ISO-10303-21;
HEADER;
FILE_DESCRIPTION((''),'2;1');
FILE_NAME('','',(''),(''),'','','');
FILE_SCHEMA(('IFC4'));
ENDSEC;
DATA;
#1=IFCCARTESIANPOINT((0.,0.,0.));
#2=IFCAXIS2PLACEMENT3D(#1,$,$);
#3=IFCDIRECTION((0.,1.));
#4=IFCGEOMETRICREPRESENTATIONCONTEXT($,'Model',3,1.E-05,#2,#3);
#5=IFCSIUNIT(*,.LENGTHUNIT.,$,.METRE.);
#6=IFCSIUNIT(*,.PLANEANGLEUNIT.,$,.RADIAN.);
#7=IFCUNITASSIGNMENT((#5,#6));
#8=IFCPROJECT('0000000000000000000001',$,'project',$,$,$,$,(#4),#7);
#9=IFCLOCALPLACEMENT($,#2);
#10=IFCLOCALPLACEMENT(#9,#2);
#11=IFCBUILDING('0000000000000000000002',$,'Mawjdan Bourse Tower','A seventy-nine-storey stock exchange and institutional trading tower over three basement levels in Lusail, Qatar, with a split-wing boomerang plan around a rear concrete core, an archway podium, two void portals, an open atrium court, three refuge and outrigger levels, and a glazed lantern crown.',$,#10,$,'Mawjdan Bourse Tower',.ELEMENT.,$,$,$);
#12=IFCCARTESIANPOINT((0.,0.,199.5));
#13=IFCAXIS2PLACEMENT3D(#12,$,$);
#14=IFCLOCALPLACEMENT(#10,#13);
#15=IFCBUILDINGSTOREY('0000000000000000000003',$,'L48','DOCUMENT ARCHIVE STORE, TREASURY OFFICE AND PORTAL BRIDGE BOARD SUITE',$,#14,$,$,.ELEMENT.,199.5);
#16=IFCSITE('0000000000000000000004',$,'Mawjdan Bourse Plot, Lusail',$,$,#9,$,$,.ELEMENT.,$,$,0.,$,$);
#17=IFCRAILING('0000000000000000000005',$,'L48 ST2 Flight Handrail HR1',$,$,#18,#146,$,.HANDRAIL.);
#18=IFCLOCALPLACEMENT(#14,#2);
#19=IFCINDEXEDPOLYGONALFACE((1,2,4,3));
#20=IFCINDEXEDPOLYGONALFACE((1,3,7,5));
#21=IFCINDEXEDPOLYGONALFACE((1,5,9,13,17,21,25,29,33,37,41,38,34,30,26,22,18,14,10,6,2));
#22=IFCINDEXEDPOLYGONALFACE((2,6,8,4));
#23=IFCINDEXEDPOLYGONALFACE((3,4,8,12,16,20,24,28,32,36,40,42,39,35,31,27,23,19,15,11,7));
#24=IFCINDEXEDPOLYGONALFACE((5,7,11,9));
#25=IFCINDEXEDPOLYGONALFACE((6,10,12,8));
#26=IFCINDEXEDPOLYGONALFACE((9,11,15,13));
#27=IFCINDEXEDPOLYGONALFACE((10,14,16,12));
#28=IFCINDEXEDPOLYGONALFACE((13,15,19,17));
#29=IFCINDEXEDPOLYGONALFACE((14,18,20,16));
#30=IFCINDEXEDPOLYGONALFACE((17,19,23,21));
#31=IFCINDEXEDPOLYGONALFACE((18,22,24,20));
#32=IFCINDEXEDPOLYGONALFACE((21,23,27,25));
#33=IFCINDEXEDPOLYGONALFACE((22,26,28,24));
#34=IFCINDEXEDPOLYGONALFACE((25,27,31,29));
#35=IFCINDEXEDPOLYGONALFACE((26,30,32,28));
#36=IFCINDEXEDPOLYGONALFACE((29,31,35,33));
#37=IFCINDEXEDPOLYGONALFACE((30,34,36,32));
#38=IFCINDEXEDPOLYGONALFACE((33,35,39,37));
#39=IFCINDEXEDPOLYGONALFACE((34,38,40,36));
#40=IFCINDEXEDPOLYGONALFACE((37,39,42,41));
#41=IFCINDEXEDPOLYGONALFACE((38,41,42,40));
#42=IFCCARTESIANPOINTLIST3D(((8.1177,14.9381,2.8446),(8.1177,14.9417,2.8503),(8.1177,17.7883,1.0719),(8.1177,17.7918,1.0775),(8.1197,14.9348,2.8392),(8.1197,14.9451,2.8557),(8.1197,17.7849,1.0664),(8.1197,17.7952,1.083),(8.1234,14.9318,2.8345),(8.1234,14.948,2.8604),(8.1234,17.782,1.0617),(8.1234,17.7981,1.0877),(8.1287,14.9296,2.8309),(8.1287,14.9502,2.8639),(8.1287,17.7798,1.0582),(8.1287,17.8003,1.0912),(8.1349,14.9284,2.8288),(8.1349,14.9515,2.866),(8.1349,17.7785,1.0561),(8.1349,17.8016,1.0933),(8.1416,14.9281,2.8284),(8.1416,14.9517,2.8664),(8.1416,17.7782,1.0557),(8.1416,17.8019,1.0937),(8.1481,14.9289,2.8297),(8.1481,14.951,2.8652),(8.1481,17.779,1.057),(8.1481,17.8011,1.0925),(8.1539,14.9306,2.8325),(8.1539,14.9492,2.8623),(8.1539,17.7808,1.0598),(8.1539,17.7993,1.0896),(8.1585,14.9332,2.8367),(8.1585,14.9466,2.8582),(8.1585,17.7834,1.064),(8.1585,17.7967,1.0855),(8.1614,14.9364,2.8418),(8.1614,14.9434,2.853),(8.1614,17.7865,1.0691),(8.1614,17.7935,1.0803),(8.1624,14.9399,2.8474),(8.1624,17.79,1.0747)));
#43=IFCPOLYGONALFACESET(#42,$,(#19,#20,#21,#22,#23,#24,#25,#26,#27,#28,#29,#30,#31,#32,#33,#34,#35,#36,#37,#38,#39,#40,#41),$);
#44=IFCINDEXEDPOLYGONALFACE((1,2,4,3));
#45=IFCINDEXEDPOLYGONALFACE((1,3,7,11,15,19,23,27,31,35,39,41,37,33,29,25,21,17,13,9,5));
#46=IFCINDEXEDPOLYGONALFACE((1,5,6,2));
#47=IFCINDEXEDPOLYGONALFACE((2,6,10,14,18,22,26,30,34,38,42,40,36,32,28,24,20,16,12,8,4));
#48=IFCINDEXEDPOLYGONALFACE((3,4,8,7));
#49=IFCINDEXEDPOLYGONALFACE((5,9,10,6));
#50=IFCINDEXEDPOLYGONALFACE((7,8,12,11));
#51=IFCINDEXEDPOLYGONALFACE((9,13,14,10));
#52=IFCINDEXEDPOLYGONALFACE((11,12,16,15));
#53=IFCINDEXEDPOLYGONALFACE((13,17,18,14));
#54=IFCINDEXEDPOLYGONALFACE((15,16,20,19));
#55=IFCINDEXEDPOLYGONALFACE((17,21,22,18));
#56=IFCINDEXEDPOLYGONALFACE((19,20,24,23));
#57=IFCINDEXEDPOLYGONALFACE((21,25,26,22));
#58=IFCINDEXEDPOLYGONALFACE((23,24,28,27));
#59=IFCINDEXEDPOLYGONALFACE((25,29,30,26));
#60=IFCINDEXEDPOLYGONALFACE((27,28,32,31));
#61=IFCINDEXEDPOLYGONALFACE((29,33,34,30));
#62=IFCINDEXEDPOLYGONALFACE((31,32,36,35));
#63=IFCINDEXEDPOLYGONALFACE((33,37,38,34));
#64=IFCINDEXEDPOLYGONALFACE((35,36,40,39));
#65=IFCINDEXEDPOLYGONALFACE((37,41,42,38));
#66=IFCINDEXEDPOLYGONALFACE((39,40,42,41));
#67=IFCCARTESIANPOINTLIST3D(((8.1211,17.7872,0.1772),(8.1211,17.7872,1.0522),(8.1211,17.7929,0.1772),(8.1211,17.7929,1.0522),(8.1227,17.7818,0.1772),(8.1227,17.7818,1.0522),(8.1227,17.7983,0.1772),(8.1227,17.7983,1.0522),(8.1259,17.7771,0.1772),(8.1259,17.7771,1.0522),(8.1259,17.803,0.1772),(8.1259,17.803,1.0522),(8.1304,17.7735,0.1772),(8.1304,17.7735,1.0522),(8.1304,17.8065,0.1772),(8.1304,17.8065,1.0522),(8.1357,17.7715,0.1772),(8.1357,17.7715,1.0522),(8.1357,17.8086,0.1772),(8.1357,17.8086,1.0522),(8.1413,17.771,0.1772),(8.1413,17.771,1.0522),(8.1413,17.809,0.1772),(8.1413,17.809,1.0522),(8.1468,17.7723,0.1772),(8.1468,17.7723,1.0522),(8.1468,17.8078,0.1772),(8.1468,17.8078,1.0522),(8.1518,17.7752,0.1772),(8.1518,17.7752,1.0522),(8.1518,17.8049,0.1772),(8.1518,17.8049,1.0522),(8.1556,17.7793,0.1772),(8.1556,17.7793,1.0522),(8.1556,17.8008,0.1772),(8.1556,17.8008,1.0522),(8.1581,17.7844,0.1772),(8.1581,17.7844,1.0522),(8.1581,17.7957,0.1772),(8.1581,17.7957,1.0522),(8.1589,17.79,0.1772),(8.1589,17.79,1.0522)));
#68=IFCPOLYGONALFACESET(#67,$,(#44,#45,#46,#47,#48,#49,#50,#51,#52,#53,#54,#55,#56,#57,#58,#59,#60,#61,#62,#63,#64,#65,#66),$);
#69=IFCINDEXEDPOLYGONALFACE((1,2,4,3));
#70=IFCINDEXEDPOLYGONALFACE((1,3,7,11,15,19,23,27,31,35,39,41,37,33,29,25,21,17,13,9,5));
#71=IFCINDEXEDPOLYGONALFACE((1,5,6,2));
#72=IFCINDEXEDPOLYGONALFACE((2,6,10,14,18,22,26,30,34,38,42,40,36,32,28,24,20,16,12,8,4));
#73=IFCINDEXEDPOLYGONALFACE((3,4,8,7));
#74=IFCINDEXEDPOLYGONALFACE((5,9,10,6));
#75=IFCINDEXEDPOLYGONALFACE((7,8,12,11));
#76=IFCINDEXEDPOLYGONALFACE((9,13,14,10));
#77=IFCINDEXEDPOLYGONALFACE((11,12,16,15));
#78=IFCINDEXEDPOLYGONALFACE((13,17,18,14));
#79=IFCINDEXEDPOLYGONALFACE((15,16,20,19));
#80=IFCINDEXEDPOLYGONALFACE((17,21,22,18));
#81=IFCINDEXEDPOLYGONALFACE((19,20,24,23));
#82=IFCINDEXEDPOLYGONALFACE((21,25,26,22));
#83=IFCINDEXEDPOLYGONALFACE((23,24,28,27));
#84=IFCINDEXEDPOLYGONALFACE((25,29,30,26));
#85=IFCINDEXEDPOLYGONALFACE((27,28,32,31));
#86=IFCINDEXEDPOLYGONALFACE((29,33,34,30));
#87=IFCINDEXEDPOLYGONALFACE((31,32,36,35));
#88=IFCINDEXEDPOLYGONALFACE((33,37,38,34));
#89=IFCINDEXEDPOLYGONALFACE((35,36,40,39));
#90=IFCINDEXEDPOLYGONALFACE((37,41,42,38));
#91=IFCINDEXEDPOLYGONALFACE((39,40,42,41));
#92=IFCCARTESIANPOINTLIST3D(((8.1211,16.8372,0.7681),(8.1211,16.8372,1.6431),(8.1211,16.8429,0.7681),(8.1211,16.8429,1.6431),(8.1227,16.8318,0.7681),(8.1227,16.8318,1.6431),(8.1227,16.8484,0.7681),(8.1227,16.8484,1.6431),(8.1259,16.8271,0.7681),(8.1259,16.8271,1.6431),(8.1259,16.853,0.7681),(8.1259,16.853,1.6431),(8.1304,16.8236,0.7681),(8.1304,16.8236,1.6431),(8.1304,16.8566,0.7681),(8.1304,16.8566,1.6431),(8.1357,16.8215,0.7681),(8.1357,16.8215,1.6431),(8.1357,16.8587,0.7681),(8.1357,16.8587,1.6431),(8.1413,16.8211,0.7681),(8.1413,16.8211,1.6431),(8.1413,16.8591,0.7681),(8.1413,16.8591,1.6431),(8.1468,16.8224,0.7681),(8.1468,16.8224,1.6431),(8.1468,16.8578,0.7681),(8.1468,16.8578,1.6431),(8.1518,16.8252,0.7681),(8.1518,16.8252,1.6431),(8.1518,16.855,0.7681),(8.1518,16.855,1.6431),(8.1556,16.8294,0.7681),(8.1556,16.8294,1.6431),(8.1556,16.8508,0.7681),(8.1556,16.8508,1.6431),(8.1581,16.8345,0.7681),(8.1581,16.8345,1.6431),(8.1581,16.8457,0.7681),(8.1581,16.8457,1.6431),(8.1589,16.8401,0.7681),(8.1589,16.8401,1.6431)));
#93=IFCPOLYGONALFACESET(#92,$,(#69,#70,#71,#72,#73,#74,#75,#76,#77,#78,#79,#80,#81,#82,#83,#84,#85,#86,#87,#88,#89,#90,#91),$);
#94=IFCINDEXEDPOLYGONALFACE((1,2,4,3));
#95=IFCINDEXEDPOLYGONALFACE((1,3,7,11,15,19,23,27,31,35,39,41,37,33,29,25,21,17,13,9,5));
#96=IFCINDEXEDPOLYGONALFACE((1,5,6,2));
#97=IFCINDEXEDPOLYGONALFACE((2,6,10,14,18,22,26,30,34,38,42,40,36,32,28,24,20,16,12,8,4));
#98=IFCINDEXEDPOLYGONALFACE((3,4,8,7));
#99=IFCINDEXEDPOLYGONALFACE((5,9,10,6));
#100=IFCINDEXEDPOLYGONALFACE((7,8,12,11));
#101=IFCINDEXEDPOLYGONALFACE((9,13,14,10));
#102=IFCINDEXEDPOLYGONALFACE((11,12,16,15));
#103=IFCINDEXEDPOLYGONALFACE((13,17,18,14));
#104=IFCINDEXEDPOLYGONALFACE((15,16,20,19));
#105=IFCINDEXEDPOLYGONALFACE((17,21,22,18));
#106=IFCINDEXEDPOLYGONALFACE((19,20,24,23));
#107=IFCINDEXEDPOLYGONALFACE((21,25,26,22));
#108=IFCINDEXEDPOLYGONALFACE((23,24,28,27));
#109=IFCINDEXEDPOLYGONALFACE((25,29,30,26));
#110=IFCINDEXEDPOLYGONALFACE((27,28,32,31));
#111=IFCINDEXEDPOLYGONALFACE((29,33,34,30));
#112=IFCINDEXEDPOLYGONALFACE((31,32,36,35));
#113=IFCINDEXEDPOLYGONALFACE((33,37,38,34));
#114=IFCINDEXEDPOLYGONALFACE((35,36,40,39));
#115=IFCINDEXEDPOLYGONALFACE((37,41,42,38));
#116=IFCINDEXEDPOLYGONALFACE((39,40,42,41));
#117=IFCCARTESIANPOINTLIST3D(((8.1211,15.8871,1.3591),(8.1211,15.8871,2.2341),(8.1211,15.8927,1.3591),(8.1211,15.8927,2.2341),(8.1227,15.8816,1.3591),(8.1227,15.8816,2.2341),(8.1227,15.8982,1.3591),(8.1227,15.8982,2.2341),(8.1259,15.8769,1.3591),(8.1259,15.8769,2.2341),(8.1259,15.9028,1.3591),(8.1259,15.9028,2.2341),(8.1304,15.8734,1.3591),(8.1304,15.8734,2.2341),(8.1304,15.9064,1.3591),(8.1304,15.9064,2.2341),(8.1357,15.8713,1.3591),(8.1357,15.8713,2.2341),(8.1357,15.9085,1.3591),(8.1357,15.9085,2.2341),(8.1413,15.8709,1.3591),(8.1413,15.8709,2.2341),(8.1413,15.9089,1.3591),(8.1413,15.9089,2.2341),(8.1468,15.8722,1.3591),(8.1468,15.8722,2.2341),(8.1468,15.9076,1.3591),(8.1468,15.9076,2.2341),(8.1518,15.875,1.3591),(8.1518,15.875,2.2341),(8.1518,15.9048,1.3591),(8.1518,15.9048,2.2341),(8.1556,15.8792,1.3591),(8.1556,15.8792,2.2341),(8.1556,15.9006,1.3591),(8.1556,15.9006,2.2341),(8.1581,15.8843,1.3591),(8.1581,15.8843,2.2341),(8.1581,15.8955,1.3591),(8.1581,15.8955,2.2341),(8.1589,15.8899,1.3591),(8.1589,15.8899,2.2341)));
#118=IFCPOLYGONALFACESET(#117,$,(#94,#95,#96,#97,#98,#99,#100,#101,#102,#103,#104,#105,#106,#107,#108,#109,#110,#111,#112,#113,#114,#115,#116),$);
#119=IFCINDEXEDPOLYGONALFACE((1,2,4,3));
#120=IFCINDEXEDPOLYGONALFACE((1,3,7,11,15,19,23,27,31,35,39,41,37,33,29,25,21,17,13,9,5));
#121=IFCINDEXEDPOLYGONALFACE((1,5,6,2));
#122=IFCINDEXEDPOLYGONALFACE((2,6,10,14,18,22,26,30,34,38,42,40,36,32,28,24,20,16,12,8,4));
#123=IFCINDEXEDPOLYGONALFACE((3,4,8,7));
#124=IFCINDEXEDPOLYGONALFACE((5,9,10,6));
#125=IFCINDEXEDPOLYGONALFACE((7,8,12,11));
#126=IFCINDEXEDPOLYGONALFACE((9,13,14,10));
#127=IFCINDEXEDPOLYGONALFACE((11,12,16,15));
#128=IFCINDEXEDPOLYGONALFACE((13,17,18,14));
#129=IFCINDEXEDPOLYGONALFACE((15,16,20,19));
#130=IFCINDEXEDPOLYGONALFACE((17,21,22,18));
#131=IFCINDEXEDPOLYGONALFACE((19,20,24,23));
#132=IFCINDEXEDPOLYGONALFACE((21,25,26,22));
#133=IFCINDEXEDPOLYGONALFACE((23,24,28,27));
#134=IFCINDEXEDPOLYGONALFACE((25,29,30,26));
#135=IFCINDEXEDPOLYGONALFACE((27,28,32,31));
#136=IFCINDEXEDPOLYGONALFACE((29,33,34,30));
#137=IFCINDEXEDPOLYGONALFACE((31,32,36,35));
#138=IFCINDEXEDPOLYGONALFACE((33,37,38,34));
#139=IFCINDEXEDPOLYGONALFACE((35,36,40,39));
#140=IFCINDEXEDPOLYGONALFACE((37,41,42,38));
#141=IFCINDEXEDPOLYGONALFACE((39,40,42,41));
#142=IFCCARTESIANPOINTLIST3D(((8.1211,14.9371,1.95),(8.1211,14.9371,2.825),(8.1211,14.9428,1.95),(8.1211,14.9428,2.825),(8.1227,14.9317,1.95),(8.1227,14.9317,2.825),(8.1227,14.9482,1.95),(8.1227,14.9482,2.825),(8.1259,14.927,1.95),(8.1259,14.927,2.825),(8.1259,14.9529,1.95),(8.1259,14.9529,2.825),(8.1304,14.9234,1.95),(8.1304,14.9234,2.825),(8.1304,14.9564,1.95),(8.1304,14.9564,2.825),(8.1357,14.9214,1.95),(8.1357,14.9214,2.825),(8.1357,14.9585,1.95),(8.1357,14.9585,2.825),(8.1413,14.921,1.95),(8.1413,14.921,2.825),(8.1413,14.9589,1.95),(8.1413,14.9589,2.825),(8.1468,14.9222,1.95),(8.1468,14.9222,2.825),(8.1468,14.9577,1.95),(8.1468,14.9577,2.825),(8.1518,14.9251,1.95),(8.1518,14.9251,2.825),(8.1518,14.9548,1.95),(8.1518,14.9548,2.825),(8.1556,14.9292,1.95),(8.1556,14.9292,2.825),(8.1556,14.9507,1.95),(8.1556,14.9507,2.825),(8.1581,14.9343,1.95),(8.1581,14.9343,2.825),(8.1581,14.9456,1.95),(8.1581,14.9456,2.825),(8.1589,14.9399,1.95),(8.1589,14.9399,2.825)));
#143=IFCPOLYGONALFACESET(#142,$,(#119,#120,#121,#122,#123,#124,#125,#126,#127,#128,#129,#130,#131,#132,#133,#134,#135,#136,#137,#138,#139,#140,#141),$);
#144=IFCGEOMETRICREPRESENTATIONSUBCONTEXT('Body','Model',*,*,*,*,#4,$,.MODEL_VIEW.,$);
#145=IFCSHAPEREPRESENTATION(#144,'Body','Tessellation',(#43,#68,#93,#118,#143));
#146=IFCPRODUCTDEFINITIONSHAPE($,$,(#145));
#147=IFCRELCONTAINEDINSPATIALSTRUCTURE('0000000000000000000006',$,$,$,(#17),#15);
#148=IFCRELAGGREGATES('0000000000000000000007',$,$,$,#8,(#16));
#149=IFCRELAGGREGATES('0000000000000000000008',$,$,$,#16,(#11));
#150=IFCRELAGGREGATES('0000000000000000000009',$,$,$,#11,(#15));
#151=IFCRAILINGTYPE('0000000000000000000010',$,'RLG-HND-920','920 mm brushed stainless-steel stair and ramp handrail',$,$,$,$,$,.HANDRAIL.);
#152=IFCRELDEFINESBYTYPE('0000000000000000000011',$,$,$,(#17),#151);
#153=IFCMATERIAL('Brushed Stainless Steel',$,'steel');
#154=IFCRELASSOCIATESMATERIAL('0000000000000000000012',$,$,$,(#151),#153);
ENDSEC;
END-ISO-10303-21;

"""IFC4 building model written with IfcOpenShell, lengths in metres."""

from ifc_helpers import new_model, si_unit, direction, frame, origin, origin_2d, place, context, subcontext, project, spatial, circle, extrude, material, type_object, element, save


model = new_model("IFC4")

# Units and contexts
model_context = context("Model", 3, precision=1e-05, world=origin(), true_north=direction((0.0, 1.0)))
body_context = subcontext(model_context, "Body", "Model", "MODEL_VIEW")
ifc_project = project(units=[si_unit("LENGTHUNIT", "METRE"), si_unit("PLANEANGLEUNIT", "RADIAN")], contexts=[model_context])

# Site, building, storey
site_placement = place(None, origin())
site = spatial("IfcSite", under=ifc_project, at=site_placement, Name="Mawjdan Bourse Plot, Lusail", CompositionType="ELEMENT", RefElevation=0.0)
building_placement = place(site_placement, origin())
building = spatial("IfcBuilding", under=site, at=building_placement, Name="Mawjdan Bourse Tower", Description="A seventy-nine-storey stock exchange and institutional trading tower over three basement levels in Lusail, Qatar, with a split-wing boomerang plan around a rear concrete core, an archway podium, two void portals, an open atrium court, three refuge and outrigger levels, and a glazed lantern crown.", LongName="Mawjdan Bourse Tower", CompositionType="ELEMENT")
storey_placement = place(building_placement, frame((0.0, 0.0, 199.5)))
storey = spatial("IfcBuildingStorey", under=building, at=storey_placement, Name="L48", Description="DOCUMENT ARCHIVE STORE, TREASURY OFFICE AND PORTAL BRIDGE BOARD SUITE", CompositionType="ELEMENT", Elevation=199.5)

# Railing
ifc_material_1 = material(Name="Brushed Stainless Steel", Category="steel")
railing_type_1 = type_object("IfcRailingType", Name="RLG-HND-920", Description="920 mm brushed stainless-steel stair and ramp handrail", PredefinedType="HANDRAIL", material=ifc_material_1)
railing_1_placement = place(storey_placement, frame((8.1399, 17.79, 0.1772)))
element("IfcRailing", 1, at=railing_1_placement, inside=storey, type_object=railing_type_1, Name="L48 ST2 Flight Handrail HR1", PredefinedType="HANDRAIL", context=body_context, shape_type="SweptSolid", body=[
    extrude(circle(Radius=0.0225, at=origin_2d()), frame((0.0, 0.0, 0.8975), z_axis=(0.0, -0.849149, 0.528154), x_axis=(1.0, 0.0, 0.0)), (0.0, 0.0, 1.0), 3.3564),
    extrude(circle(Radius=0.019, at=origin_2d()), origin(), (0.0, 0.0, 1.0), 0.875),
    extrude(circle(Radius=0.019, at=origin_2d()), frame((0.0, -0.95, 0.5908)), (0.0, 0.0, 1.0), 0.875),
    extrude(circle(Radius=0.019, at=origin_2d()), frame((0.0, -1.9001, 1.1819)), (0.0, 0.0, 1.0), 0.875),
    extrude(circle(Radius=0.019, at=origin_2d()), frame((0.0, -2.8501, 1.7727)), (0.0, 0.0, 1.0), 0.875),
])

save(model, "model.ifc")
